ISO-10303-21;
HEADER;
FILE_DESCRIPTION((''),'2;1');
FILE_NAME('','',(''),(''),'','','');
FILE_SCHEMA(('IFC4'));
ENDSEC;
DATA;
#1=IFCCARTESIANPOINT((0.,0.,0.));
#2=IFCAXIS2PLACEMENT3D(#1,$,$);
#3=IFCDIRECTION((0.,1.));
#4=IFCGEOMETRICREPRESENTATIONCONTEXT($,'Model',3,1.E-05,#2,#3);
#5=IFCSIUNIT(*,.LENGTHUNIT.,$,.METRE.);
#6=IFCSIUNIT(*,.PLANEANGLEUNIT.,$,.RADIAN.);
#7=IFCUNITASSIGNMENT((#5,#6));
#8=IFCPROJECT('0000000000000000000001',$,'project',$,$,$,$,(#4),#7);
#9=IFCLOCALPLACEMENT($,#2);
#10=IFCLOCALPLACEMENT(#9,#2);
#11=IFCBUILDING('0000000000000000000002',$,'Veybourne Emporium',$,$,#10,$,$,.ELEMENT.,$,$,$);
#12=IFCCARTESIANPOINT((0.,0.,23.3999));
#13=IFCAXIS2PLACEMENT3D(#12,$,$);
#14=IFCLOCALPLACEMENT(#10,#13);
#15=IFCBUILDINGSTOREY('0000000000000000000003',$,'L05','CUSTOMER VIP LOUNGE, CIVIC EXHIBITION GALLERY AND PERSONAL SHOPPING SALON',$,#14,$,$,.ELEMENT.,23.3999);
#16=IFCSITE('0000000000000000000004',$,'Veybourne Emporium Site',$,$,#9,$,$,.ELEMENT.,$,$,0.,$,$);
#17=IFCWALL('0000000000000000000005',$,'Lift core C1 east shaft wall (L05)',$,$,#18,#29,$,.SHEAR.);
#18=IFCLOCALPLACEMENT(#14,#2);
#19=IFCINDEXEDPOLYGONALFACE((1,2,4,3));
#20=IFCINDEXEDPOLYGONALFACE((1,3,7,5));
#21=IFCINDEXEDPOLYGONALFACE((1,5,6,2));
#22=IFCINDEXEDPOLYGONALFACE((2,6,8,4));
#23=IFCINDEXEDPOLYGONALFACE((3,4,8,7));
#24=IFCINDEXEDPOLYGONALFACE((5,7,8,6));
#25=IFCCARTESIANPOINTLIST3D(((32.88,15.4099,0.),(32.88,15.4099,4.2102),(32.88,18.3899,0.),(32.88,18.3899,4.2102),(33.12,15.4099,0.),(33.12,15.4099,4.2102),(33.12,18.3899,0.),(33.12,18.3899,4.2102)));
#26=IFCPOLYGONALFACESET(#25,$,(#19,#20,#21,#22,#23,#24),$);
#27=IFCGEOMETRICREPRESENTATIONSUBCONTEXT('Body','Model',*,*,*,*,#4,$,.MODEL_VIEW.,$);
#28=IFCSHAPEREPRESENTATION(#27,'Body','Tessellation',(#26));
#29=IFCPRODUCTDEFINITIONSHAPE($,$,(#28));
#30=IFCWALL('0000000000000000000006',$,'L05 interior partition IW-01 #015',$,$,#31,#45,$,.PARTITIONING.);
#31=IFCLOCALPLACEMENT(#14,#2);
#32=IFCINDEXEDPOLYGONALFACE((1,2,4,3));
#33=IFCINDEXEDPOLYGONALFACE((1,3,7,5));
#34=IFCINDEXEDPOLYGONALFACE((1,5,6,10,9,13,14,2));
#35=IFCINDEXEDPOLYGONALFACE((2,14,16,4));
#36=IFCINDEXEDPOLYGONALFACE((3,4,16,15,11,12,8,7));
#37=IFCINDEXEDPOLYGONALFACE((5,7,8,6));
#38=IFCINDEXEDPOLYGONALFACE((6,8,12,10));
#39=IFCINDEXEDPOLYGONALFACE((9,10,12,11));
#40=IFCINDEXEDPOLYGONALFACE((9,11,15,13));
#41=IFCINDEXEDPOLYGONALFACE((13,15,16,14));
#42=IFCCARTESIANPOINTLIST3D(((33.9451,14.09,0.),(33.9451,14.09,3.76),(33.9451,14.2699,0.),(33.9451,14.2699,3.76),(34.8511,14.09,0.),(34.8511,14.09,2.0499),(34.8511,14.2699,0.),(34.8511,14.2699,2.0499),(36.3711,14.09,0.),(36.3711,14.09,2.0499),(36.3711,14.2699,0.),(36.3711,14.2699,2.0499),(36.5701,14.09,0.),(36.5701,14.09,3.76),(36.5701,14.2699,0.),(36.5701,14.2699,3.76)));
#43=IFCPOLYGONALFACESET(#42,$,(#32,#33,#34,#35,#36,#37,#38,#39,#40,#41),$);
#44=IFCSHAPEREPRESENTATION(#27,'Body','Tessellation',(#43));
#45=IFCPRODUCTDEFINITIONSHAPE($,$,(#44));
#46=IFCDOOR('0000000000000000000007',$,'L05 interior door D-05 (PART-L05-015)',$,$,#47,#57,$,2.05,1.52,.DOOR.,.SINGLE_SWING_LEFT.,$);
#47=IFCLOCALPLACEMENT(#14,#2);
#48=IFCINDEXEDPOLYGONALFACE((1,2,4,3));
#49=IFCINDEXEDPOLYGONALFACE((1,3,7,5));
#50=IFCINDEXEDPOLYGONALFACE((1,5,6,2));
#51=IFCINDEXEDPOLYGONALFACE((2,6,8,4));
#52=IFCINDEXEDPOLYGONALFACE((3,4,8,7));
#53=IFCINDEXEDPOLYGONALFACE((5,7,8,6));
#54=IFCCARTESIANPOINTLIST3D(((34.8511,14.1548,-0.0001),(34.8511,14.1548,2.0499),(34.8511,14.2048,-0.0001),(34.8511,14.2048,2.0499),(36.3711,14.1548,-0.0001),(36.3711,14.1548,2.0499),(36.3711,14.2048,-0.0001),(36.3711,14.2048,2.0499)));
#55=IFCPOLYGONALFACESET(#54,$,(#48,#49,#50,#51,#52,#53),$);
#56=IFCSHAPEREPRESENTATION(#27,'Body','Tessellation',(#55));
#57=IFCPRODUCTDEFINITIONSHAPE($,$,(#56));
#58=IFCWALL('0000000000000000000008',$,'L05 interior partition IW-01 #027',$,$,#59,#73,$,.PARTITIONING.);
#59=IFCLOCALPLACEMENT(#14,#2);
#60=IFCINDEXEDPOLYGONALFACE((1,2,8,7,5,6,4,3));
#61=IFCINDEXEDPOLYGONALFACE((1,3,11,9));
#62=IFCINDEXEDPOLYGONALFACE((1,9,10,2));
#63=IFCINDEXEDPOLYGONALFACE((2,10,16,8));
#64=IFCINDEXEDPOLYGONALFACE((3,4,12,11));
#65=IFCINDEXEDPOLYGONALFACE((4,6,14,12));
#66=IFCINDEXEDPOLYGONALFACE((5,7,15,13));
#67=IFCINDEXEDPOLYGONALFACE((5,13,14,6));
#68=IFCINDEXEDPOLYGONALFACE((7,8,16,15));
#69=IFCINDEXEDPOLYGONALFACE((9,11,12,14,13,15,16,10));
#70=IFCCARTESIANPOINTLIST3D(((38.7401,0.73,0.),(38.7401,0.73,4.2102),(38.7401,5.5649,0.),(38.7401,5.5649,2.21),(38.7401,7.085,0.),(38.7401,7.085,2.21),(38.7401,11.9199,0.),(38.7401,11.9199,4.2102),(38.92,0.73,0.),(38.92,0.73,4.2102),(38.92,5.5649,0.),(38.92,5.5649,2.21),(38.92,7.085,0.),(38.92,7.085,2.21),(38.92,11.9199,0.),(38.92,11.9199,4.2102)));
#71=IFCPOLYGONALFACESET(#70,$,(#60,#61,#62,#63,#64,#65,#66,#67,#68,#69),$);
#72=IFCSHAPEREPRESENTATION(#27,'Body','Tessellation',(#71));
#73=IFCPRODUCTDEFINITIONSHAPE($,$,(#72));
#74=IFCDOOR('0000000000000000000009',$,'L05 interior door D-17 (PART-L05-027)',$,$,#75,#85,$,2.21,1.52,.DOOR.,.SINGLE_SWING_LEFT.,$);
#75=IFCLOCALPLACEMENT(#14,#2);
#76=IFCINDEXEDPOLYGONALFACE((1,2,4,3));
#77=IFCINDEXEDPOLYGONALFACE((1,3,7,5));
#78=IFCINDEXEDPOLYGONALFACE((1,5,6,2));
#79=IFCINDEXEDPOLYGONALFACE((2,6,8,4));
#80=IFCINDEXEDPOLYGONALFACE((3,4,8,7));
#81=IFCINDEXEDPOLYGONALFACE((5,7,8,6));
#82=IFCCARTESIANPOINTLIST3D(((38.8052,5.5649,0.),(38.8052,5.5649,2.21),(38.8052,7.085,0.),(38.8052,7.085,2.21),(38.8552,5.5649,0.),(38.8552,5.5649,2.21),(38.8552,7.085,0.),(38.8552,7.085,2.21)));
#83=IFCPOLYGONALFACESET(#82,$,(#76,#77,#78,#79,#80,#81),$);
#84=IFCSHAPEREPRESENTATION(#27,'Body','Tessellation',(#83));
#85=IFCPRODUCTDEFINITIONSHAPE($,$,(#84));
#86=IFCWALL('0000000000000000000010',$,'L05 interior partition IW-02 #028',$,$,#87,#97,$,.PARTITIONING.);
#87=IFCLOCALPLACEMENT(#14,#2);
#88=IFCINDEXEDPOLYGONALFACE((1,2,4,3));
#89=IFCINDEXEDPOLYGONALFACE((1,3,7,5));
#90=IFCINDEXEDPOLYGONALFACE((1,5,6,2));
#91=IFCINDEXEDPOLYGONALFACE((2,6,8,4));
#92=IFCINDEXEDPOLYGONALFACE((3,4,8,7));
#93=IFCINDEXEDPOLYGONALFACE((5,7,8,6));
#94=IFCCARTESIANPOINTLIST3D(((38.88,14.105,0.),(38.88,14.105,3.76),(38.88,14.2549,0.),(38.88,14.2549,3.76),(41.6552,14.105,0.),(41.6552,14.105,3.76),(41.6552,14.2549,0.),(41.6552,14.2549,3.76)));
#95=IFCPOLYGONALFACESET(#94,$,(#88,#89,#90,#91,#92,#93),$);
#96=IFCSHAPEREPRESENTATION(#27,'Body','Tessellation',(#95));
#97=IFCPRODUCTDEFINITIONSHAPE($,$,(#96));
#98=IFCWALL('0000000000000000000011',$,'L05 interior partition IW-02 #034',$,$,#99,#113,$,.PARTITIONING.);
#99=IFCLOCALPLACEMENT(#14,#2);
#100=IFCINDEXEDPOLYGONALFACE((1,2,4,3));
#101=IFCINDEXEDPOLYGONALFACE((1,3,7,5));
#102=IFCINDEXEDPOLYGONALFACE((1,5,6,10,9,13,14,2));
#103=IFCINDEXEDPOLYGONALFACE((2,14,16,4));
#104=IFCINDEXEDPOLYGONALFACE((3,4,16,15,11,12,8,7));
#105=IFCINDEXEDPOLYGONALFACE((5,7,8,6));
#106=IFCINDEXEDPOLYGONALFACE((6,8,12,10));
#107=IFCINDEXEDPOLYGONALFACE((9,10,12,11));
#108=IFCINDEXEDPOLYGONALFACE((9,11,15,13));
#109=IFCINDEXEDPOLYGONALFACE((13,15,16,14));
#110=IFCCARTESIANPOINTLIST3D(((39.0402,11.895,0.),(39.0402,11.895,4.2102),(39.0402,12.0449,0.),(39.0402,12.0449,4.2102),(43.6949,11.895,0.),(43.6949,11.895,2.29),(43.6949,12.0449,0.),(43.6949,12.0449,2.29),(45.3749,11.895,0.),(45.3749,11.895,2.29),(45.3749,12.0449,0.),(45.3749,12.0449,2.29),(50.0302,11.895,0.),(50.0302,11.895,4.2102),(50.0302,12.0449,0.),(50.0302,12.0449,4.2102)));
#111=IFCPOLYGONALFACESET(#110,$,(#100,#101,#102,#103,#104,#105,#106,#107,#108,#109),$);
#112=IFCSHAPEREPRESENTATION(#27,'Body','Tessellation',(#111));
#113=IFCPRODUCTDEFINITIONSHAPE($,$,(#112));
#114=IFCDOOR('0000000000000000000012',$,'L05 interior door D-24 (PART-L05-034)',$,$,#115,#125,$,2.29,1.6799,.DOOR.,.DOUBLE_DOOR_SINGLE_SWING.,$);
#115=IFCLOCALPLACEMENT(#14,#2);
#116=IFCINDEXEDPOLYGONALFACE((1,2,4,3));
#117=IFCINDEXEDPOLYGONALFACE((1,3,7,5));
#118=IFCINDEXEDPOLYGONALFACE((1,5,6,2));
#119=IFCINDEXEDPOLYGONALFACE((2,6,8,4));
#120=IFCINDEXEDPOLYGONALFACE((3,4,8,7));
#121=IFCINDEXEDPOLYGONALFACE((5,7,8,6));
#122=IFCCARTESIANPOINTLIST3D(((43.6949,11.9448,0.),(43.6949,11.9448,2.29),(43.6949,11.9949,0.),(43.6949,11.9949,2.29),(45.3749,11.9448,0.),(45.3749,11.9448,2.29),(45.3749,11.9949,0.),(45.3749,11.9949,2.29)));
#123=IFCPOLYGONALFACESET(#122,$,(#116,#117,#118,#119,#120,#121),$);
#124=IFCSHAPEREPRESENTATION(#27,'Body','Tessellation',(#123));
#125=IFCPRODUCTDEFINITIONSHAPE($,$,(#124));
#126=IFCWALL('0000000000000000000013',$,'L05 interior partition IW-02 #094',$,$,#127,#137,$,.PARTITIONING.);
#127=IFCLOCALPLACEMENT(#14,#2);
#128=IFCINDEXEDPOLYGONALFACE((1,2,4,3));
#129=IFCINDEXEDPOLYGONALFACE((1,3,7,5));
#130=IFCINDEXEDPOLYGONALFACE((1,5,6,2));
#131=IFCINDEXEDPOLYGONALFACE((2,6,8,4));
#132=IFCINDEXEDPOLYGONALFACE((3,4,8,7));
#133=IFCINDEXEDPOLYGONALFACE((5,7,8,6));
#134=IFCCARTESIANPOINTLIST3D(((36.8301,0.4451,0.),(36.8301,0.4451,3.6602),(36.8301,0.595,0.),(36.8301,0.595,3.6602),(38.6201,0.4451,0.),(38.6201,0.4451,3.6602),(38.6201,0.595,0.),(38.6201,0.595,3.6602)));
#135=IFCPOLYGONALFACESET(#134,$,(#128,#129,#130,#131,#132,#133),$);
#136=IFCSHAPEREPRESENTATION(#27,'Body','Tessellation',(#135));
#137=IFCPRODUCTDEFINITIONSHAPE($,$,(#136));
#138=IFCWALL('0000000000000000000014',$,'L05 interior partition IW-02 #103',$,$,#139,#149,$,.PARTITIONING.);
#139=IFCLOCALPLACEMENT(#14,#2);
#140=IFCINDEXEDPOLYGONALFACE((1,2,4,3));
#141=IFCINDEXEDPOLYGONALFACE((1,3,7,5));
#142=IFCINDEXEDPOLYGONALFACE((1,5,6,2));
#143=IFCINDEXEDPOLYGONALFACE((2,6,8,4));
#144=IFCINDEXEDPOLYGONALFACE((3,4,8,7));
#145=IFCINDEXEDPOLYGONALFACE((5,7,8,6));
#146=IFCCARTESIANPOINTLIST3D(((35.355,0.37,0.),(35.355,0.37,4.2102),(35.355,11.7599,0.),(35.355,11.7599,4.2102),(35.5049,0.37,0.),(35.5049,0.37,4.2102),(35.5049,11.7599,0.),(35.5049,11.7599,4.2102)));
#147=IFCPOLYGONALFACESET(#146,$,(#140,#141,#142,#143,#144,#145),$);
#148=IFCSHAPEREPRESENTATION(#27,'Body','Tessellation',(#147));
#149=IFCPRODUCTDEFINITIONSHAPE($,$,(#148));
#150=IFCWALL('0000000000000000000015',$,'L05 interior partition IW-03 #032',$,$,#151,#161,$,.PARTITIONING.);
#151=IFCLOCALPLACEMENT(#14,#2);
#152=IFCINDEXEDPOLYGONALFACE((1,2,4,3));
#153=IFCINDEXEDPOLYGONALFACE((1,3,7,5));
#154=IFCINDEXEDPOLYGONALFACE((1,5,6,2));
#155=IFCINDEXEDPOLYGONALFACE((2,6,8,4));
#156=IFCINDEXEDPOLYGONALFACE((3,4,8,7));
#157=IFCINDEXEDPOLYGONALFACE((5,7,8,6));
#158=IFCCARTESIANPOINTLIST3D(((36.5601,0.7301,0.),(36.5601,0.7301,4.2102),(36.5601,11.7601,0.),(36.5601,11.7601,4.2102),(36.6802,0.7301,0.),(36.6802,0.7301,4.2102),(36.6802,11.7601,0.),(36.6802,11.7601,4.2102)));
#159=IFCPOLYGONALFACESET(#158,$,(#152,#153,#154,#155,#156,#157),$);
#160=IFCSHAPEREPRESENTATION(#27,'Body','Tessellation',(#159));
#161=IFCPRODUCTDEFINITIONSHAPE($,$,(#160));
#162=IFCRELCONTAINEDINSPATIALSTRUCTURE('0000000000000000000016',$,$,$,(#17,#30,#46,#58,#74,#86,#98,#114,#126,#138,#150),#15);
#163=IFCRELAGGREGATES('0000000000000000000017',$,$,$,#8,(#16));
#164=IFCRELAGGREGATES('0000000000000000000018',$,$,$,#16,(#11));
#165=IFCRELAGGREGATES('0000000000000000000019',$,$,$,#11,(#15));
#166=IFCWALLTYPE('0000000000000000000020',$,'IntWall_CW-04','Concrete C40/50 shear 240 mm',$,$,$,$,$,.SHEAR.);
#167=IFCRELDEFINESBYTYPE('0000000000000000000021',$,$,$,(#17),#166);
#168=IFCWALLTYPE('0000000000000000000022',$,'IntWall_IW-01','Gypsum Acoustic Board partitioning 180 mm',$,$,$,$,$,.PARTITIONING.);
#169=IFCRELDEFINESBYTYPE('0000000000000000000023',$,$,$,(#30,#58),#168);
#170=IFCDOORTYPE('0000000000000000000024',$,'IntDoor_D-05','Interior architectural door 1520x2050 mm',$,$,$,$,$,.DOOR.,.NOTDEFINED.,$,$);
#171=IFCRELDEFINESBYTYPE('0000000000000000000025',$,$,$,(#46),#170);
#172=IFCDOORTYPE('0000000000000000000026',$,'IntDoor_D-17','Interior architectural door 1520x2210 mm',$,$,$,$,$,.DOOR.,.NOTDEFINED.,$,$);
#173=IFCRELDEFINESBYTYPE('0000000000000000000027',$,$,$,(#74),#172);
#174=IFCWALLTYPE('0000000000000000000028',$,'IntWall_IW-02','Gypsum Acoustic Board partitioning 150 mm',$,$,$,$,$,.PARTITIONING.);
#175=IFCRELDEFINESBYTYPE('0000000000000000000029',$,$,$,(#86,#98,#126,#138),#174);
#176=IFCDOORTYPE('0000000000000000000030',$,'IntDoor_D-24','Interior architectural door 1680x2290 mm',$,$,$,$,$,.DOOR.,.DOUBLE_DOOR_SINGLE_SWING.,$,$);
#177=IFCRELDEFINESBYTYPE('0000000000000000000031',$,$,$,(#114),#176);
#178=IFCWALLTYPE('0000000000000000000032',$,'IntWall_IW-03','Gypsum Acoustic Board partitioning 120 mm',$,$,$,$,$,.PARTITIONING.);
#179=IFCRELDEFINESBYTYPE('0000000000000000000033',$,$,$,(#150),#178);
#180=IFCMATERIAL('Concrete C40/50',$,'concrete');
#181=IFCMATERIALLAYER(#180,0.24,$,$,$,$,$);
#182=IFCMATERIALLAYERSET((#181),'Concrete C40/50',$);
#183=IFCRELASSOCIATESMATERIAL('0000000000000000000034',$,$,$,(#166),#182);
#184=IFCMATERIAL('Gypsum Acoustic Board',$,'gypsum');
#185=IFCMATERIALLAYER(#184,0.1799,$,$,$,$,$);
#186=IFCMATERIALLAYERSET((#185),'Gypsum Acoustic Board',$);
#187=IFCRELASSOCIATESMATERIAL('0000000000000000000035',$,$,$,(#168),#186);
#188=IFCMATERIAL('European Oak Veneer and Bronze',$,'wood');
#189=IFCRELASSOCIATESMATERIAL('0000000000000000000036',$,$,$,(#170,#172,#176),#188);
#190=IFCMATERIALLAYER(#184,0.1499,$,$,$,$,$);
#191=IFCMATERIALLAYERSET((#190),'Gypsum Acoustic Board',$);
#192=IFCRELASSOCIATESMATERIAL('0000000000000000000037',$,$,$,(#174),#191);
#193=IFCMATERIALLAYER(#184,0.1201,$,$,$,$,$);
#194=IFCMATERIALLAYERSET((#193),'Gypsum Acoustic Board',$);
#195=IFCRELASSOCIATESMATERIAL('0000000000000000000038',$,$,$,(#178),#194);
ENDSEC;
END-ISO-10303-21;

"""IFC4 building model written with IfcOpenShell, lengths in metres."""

from ifc_helpers import new_model, si_unit, direction, frame, frame_2d, origin, place, context, subcontext, project, spatial, rectangle, extrude, material, layer, layer_set, type_object, element, fill, save


model = new_model("IFC4")

# Units and contexts
model_context = context("Model", 3, precision=1e-05, world=origin(), true_north=direction((0.0, 1.0)))
body_context = subcontext(model_context, "Body", "Model", "MODEL_VIEW")
ifc_project = project(units=[si_unit("LENGTHUNIT", "METRE"), si_unit("PLANEANGLEUNIT", "RADIAN")], contexts=[model_context])

# Site, building, storey
site_placement = place(None, origin())
site = spatial("IfcSite", under=ifc_project, at=site_placement, Name="Veybourne Emporium Site", CompositionType="ELEMENT", RefElevation=0.0)
building_placement = place(site_placement, origin())
building = spatial("IfcBuilding", under=site, at=building_placement, Name="Veybourne Emporium", CompositionType="ELEMENT")
storey_placement = place(building_placement, frame((0.0, 0.0, 23.3999)))
storey = spatial("IfcBuildingStorey", under=building, at=storey_placement, Name="L05", Description="CUSTOMER VIP LOUNGE, CIVIC EXHIBITION GALLERY AND PERSONAL SHOPPING SALON", CompositionType="ELEMENT", Elevation=23.3999)

# Shared definitions
ifc_material_1 = material(Name="Concrete C40/50", Category="concrete")

# Wall
ifc_layer_1 = layer(ifc_material_1, 0.24)
ifc_layer_set_1 = layer_set([ifc_layer_1], Name="Concrete C40/50")
wall_type_1 = type_object("IfcWallType", Name="IntWall_CW-04", Description="Concrete C40/50 shear 240 mm", PredefinedType="SHEAR", material=ifc_layer_set_1)
wall_1_placement = place(storey_placement, frame((33.0, 15.4099, 0.0), z_axis=(0.0, 0.0, 1.0), x_axis=(0.0, 1.0, 0.0)))
element("IfcWall", 1, at=wall_1_placement, inside=storey, type_object=wall_type_1, Name="Lift core C1 east shaft wall (L05)", PredefinedType="SHEAR", context=body_context, shape_type="SweptSolid", body=[
    extrude(rectangle(XDim=2.98, YDim=0.24, at=frame_2d((1.49, 0.0))), origin(), (0.0, 0.0, 1.0), 4.2102),
])

# Walls, openings, doors
ifc_material_2 = material(Name="Gypsum Acoustic Board", Category="gypsum")
ifc_layer_2 = layer(ifc_material_2, 0.1799)
ifc_layer_set_2 = layer_set([ifc_layer_2], Name="Gypsum Acoustic Board")
wall_type_2 = type_object("IfcWallType", Name="IntWall_IW-01", Description="Gypsum Acoustic Board partitioning 180 mm", PredefinedType="PARTITIONING", material=ifc_layer_set_2)
wall_2_placement = place(storey_placement, frame((33.9451, 14.1799, 0.0), z_axis=(0.0, 0.0, 1.0), x_axis=(1.0, 0.0, 0.0)))
wall_2 = element("IfcWall", 2, at=wall_2_placement, inside=storey, type_object=wall_type_2, Name="L05 interior partition IW-01 #015", PredefinedType="PARTITIONING", context=body_context, shape_type="SweptSolid", body=[
    extrude(rectangle(XDim=2.625, YDim=0.1799, at=frame_2d((1.3125, 0.0))), origin(), (0.0, 0.0, 1.0), 3.76),
])
opening_1_placement = place(wall_2_placement, frame((0.906, 0.0, 0.0)))
opening_1 = element("IfcOpeningElement", 3, at=opening_1_placement, cuts=wall_2, PredefinedType="OPENING", context=body_context, shape_type="SweptSolid", body=[
    extrude(rectangle(XDim=1.52, YDim=2.05, at=frame_2d((0.76, 1.0249))), frame((0.0, 0.1099, 0.0), z_axis=(0.0, -1.0, 0.0), x_axis=(1.0, 0.0, 0.0)), (0.0, 0.0, 1.0), 0.22),
])
ifc_material_3 = material(Name="European Oak Veneer and Bronze", Category="wood")
door_type_1 = type_object("IfcDoorType", Name="IntDoor_D-05", Description="Interior architectural door 1520x2050 mm", OperationType="NOTDEFINED", PredefinedType="DOOR", material=ifc_material_3)
door_1_placement = place(opening_1_placement, origin())
door_1 = element("IfcDoor", 4, at=door_1_placement, inside=storey, type_object=door_type_1, Name="L05 interior door D-05 (PART-L05-015)", OperationType="SINGLE_SWING_LEFT", OverallHeight=2.05, OverallWidth=1.52, PredefinedType="DOOR", context=body_context, shape_type="SweptSolid", body=[
    extrude(rectangle(XDim=1.52, YDim=2.05, at=frame_2d((0.76, 1.0249))), frame((0.0, 0.0249, 0.0), z_axis=(0.0, -1.0, 0.0), x_axis=(1.0, 0.0, 0.0)), (0.0, 0.0, 1.0), 0.05),
])
fill(opening_1, door_1)
wall_3_placement = place(storey_placement, frame((38.8301, 0.73, 0.0), z_axis=(0.0, 0.0, 1.0), x_axis=(0.0, 1.0, 0.0)))
wall_3 = element("IfcWall", 5, at=wall_3_placement, inside=storey, type_object=wall_type_2, Name="L05 interior partition IW-01 #027", PredefinedType="PARTITIONING", context=body_context, shape_type="SweptSolid", body=[
    extrude(rectangle(XDim=11.1899, YDim=0.1799, at=frame_2d((5.595, 0.0))), origin(), (0.0, 0.0, 1.0), 4.2102),
])
opening_2_placement = place(wall_3_placement, frame((4.835, 0.0, 0.0)))
opening_2 = element("IfcOpeningElement", 6, at=opening_2_placement, cuts=wall_3, PredefinedType="OPENING", context=body_context, shape_type="SweptSolid", body=[
    extrude(rectangle(XDim=1.52, YDim=2.21, at=frame_2d((0.76, 1.105))), frame((0.0, 0.1099, 0.0), z_axis=(0.0, -1.0, 0.0), x_axis=(1.0, 0.0, 0.0)), (0.0, 0.0, 1.0), 0.22),
])
door_type_2 = type_object("IfcDoorType", Name="IntDoor_D-17", Description="Interior architectural door 1520x2210 mm", OperationType="NOTDEFINED", PredefinedType="DOOR", material=ifc_material_3)
door_2_placement = place(opening_2_placement, origin())
door_2 = element("IfcDoor", 7, at=door_2_placement, inside=storey, type_object=door_type_2, Name="L05 interior door D-17 (PART-L05-027)", OperationType="SINGLE_SWING_LEFT", OverallHeight=2.21, OverallWidth=1.52, PredefinedType="DOOR", context=body_context, shape_type="SweptSolid", body=[
    extrude(rectangle(XDim=1.52, YDim=2.21, at=frame_2d((0.76, 1.105))), frame((0.0, 0.0249, 0.0), z_axis=(0.0, -1.0, 0.0), x_axis=(1.0, 0.0, 0.0)), (0.0, 0.0, 1.0), 0.05),
])
fill(opening_2, door_2)

# Wall
ifc_layer_3 = layer(ifc_material_2, 0.1499)
ifc_layer_set_3 = layer_set([ifc_layer_3], Name="Gypsum Acoustic Board")
wall_type_3 = type_object("IfcWallType", Name="IntWall_IW-02", Description="Gypsum Acoustic Board partitioning 150 mm", PredefinedType="PARTITIONING", material=ifc_layer_set_3)
wall_4_placement = place(storey_placement, frame((38.8799, 14.1799, 0.0), z_axis=(0.0, 0.0, 1.0), x_axis=(1.0, 0.0, 0.0)))
element("IfcWall", 8, at=wall_4_placement, inside=storey, type_object=wall_type_3, Name="L05 interior partition IW-02 #028", PredefinedType="PARTITIONING", context=body_context, shape_type="SweptSolid", body=[
    extrude(rectangle(XDim=2.7751, YDim=0.1499, at=frame_2d((1.3877, 0.0))), origin(), (0.0, 0.0, 1.0), 3.76),
])

# Wall, opening, door
wall_5_placement = place(storey_placement, frame((39.04, 11.97, 0.0), z_axis=(0.0, 0.0, 1.0), x_axis=(1.0, 0.0, 0.0)))
wall_5 = element("IfcWall", 9, at=wall_5_placement, inside=storey, type_object=wall_type_3, Name="L05 interior partition IW-02 #034", PredefinedType="PARTITIONING", context=body_context, shape_type="SweptSolid", body=[
    extrude(rectangle(XDim=10.99, YDim=0.1499, at=frame_2d((5.4951, 0.0))), origin(), (0.0, 0.0, 1.0), 4.2102),
])
opening_3_placement = place(wall_5_placement, frame((4.655, 0.0, 0.0)))
opening_3 = element("IfcOpeningElement", 10, at=opening_3_placement, cuts=wall_5, PredefinedType="OPENING", context=body_context, shape_type="SweptSolid", body=[
    extrude(rectangle(XDim=1.6799, YDim=2.29, at=frame_2d((0.8398, 1.145))), frame((0.0, 0.095, 0.0), z_axis=(0.0, -1.0, 0.0), x_axis=(1.0, 0.0, 0.0)), (0.0, 0.0, 1.0), 0.1899),
])
door_type_3 = type_object("IfcDoorType", Name="IntDoor_D-24", Description="Interior architectural door 1680x2290 mm", OperationType="DOUBLE_DOOR_SINGLE_SWING", PredefinedType="DOOR", material=ifc_material_3)
door_3_placement = place(opening_3_placement, origin())
door_3 = element("IfcDoor", 11, at=door_3_placement, inside=storey, type_object=door_type_3, Name="L05 interior door D-24 (PART-L05-034)", OperationType="DOUBLE_DOOR_SINGLE_SWING", OverallHeight=2.29, OverallWidth=1.6799, PredefinedType="DOOR", context=body_context, shape_type="SweptSolid", body=[
    extrude(rectangle(XDim=1.6799, YDim=2.29, at=frame_2d((0.8398, 1.145))), frame((0.0, 0.0249, 0.0), z_axis=(0.0, -1.0, 0.0), x_axis=(1.0, 0.0, 0.0)), (0.0, 0.0, 1.0), 0.05),
])
fill(opening_3, door_3)

# Walls
wall_6_placement = place(storey_placement, frame((36.8301, 0.52, 0.0), z_axis=(0.0, 0.0, 1.0), x_axis=(1.0, 0.0, 0.0)))
element("IfcWall", 12, at=wall_6_placement, inside=storey, type_object=wall_type_3, Name="L05 interior partition IW-02 #094", PredefinedType="PARTITIONING", context=body_context, shape_type="SweptSolid", body=[
    extrude(rectangle(XDim=1.79, YDim=0.1499, at=frame_2d((0.895, 0.0))), origin(), (0.0, 0.0, 1.0), 3.6602),
])
wall_7_placement = place(storey_placement, frame((35.4299, 0.3701, 0.0), z_axis=(0.0, 0.0, 1.0), x_axis=(0.0, 1.0, 0.0)))
element("IfcWall", 13, at=wall_7_placement, inside=storey, type_object=wall_type_3, Name="L05 interior partition IW-02 #103", PredefinedType="PARTITIONING", context=body_context, shape_type="SweptSolid", body=[
    extrude(rectangle(XDim=11.3899, YDim=0.1499, at=frame_2d((5.6948, 0.0))), origin(), (0.0, 0.0, 1.0), 4.2102),
])
ifc_layer_4 = layer(ifc_material_2, 0.1201)
ifc_layer_set_4 = layer_set([ifc_layer_4], Name="Gypsum Acoustic Board")
wall_type_4 = type_object("IfcWallType", Name="IntWall_IW-03", Description="Gypsum Acoustic Board partitioning 120 mm", PredefinedType="PARTITIONING", material=ifc_layer_set_4)
wall_8_placement = place(storey_placement, frame((36.6201, 0.73, 0.0), z_axis=(0.0, 0.0, 1.0), x_axis=(0.0, 1.0, 0.0)))
element("IfcWall", 14, at=wall_8_placement, inside=storey, type_object=wall_type_4, Name="L05 interior partition IW-03 #032", PredefinedType="PARTITIONING", context=body_context, shape_type="SweptSolid", body=[
    extrude(rectangle(XDim=11.03, YDim=0.1201, at=frame_2d((5.5151, 0.0))), origin(), (0.0, 0.0, 1.0), 4.2102),
])

save(model, "model.ifc")
